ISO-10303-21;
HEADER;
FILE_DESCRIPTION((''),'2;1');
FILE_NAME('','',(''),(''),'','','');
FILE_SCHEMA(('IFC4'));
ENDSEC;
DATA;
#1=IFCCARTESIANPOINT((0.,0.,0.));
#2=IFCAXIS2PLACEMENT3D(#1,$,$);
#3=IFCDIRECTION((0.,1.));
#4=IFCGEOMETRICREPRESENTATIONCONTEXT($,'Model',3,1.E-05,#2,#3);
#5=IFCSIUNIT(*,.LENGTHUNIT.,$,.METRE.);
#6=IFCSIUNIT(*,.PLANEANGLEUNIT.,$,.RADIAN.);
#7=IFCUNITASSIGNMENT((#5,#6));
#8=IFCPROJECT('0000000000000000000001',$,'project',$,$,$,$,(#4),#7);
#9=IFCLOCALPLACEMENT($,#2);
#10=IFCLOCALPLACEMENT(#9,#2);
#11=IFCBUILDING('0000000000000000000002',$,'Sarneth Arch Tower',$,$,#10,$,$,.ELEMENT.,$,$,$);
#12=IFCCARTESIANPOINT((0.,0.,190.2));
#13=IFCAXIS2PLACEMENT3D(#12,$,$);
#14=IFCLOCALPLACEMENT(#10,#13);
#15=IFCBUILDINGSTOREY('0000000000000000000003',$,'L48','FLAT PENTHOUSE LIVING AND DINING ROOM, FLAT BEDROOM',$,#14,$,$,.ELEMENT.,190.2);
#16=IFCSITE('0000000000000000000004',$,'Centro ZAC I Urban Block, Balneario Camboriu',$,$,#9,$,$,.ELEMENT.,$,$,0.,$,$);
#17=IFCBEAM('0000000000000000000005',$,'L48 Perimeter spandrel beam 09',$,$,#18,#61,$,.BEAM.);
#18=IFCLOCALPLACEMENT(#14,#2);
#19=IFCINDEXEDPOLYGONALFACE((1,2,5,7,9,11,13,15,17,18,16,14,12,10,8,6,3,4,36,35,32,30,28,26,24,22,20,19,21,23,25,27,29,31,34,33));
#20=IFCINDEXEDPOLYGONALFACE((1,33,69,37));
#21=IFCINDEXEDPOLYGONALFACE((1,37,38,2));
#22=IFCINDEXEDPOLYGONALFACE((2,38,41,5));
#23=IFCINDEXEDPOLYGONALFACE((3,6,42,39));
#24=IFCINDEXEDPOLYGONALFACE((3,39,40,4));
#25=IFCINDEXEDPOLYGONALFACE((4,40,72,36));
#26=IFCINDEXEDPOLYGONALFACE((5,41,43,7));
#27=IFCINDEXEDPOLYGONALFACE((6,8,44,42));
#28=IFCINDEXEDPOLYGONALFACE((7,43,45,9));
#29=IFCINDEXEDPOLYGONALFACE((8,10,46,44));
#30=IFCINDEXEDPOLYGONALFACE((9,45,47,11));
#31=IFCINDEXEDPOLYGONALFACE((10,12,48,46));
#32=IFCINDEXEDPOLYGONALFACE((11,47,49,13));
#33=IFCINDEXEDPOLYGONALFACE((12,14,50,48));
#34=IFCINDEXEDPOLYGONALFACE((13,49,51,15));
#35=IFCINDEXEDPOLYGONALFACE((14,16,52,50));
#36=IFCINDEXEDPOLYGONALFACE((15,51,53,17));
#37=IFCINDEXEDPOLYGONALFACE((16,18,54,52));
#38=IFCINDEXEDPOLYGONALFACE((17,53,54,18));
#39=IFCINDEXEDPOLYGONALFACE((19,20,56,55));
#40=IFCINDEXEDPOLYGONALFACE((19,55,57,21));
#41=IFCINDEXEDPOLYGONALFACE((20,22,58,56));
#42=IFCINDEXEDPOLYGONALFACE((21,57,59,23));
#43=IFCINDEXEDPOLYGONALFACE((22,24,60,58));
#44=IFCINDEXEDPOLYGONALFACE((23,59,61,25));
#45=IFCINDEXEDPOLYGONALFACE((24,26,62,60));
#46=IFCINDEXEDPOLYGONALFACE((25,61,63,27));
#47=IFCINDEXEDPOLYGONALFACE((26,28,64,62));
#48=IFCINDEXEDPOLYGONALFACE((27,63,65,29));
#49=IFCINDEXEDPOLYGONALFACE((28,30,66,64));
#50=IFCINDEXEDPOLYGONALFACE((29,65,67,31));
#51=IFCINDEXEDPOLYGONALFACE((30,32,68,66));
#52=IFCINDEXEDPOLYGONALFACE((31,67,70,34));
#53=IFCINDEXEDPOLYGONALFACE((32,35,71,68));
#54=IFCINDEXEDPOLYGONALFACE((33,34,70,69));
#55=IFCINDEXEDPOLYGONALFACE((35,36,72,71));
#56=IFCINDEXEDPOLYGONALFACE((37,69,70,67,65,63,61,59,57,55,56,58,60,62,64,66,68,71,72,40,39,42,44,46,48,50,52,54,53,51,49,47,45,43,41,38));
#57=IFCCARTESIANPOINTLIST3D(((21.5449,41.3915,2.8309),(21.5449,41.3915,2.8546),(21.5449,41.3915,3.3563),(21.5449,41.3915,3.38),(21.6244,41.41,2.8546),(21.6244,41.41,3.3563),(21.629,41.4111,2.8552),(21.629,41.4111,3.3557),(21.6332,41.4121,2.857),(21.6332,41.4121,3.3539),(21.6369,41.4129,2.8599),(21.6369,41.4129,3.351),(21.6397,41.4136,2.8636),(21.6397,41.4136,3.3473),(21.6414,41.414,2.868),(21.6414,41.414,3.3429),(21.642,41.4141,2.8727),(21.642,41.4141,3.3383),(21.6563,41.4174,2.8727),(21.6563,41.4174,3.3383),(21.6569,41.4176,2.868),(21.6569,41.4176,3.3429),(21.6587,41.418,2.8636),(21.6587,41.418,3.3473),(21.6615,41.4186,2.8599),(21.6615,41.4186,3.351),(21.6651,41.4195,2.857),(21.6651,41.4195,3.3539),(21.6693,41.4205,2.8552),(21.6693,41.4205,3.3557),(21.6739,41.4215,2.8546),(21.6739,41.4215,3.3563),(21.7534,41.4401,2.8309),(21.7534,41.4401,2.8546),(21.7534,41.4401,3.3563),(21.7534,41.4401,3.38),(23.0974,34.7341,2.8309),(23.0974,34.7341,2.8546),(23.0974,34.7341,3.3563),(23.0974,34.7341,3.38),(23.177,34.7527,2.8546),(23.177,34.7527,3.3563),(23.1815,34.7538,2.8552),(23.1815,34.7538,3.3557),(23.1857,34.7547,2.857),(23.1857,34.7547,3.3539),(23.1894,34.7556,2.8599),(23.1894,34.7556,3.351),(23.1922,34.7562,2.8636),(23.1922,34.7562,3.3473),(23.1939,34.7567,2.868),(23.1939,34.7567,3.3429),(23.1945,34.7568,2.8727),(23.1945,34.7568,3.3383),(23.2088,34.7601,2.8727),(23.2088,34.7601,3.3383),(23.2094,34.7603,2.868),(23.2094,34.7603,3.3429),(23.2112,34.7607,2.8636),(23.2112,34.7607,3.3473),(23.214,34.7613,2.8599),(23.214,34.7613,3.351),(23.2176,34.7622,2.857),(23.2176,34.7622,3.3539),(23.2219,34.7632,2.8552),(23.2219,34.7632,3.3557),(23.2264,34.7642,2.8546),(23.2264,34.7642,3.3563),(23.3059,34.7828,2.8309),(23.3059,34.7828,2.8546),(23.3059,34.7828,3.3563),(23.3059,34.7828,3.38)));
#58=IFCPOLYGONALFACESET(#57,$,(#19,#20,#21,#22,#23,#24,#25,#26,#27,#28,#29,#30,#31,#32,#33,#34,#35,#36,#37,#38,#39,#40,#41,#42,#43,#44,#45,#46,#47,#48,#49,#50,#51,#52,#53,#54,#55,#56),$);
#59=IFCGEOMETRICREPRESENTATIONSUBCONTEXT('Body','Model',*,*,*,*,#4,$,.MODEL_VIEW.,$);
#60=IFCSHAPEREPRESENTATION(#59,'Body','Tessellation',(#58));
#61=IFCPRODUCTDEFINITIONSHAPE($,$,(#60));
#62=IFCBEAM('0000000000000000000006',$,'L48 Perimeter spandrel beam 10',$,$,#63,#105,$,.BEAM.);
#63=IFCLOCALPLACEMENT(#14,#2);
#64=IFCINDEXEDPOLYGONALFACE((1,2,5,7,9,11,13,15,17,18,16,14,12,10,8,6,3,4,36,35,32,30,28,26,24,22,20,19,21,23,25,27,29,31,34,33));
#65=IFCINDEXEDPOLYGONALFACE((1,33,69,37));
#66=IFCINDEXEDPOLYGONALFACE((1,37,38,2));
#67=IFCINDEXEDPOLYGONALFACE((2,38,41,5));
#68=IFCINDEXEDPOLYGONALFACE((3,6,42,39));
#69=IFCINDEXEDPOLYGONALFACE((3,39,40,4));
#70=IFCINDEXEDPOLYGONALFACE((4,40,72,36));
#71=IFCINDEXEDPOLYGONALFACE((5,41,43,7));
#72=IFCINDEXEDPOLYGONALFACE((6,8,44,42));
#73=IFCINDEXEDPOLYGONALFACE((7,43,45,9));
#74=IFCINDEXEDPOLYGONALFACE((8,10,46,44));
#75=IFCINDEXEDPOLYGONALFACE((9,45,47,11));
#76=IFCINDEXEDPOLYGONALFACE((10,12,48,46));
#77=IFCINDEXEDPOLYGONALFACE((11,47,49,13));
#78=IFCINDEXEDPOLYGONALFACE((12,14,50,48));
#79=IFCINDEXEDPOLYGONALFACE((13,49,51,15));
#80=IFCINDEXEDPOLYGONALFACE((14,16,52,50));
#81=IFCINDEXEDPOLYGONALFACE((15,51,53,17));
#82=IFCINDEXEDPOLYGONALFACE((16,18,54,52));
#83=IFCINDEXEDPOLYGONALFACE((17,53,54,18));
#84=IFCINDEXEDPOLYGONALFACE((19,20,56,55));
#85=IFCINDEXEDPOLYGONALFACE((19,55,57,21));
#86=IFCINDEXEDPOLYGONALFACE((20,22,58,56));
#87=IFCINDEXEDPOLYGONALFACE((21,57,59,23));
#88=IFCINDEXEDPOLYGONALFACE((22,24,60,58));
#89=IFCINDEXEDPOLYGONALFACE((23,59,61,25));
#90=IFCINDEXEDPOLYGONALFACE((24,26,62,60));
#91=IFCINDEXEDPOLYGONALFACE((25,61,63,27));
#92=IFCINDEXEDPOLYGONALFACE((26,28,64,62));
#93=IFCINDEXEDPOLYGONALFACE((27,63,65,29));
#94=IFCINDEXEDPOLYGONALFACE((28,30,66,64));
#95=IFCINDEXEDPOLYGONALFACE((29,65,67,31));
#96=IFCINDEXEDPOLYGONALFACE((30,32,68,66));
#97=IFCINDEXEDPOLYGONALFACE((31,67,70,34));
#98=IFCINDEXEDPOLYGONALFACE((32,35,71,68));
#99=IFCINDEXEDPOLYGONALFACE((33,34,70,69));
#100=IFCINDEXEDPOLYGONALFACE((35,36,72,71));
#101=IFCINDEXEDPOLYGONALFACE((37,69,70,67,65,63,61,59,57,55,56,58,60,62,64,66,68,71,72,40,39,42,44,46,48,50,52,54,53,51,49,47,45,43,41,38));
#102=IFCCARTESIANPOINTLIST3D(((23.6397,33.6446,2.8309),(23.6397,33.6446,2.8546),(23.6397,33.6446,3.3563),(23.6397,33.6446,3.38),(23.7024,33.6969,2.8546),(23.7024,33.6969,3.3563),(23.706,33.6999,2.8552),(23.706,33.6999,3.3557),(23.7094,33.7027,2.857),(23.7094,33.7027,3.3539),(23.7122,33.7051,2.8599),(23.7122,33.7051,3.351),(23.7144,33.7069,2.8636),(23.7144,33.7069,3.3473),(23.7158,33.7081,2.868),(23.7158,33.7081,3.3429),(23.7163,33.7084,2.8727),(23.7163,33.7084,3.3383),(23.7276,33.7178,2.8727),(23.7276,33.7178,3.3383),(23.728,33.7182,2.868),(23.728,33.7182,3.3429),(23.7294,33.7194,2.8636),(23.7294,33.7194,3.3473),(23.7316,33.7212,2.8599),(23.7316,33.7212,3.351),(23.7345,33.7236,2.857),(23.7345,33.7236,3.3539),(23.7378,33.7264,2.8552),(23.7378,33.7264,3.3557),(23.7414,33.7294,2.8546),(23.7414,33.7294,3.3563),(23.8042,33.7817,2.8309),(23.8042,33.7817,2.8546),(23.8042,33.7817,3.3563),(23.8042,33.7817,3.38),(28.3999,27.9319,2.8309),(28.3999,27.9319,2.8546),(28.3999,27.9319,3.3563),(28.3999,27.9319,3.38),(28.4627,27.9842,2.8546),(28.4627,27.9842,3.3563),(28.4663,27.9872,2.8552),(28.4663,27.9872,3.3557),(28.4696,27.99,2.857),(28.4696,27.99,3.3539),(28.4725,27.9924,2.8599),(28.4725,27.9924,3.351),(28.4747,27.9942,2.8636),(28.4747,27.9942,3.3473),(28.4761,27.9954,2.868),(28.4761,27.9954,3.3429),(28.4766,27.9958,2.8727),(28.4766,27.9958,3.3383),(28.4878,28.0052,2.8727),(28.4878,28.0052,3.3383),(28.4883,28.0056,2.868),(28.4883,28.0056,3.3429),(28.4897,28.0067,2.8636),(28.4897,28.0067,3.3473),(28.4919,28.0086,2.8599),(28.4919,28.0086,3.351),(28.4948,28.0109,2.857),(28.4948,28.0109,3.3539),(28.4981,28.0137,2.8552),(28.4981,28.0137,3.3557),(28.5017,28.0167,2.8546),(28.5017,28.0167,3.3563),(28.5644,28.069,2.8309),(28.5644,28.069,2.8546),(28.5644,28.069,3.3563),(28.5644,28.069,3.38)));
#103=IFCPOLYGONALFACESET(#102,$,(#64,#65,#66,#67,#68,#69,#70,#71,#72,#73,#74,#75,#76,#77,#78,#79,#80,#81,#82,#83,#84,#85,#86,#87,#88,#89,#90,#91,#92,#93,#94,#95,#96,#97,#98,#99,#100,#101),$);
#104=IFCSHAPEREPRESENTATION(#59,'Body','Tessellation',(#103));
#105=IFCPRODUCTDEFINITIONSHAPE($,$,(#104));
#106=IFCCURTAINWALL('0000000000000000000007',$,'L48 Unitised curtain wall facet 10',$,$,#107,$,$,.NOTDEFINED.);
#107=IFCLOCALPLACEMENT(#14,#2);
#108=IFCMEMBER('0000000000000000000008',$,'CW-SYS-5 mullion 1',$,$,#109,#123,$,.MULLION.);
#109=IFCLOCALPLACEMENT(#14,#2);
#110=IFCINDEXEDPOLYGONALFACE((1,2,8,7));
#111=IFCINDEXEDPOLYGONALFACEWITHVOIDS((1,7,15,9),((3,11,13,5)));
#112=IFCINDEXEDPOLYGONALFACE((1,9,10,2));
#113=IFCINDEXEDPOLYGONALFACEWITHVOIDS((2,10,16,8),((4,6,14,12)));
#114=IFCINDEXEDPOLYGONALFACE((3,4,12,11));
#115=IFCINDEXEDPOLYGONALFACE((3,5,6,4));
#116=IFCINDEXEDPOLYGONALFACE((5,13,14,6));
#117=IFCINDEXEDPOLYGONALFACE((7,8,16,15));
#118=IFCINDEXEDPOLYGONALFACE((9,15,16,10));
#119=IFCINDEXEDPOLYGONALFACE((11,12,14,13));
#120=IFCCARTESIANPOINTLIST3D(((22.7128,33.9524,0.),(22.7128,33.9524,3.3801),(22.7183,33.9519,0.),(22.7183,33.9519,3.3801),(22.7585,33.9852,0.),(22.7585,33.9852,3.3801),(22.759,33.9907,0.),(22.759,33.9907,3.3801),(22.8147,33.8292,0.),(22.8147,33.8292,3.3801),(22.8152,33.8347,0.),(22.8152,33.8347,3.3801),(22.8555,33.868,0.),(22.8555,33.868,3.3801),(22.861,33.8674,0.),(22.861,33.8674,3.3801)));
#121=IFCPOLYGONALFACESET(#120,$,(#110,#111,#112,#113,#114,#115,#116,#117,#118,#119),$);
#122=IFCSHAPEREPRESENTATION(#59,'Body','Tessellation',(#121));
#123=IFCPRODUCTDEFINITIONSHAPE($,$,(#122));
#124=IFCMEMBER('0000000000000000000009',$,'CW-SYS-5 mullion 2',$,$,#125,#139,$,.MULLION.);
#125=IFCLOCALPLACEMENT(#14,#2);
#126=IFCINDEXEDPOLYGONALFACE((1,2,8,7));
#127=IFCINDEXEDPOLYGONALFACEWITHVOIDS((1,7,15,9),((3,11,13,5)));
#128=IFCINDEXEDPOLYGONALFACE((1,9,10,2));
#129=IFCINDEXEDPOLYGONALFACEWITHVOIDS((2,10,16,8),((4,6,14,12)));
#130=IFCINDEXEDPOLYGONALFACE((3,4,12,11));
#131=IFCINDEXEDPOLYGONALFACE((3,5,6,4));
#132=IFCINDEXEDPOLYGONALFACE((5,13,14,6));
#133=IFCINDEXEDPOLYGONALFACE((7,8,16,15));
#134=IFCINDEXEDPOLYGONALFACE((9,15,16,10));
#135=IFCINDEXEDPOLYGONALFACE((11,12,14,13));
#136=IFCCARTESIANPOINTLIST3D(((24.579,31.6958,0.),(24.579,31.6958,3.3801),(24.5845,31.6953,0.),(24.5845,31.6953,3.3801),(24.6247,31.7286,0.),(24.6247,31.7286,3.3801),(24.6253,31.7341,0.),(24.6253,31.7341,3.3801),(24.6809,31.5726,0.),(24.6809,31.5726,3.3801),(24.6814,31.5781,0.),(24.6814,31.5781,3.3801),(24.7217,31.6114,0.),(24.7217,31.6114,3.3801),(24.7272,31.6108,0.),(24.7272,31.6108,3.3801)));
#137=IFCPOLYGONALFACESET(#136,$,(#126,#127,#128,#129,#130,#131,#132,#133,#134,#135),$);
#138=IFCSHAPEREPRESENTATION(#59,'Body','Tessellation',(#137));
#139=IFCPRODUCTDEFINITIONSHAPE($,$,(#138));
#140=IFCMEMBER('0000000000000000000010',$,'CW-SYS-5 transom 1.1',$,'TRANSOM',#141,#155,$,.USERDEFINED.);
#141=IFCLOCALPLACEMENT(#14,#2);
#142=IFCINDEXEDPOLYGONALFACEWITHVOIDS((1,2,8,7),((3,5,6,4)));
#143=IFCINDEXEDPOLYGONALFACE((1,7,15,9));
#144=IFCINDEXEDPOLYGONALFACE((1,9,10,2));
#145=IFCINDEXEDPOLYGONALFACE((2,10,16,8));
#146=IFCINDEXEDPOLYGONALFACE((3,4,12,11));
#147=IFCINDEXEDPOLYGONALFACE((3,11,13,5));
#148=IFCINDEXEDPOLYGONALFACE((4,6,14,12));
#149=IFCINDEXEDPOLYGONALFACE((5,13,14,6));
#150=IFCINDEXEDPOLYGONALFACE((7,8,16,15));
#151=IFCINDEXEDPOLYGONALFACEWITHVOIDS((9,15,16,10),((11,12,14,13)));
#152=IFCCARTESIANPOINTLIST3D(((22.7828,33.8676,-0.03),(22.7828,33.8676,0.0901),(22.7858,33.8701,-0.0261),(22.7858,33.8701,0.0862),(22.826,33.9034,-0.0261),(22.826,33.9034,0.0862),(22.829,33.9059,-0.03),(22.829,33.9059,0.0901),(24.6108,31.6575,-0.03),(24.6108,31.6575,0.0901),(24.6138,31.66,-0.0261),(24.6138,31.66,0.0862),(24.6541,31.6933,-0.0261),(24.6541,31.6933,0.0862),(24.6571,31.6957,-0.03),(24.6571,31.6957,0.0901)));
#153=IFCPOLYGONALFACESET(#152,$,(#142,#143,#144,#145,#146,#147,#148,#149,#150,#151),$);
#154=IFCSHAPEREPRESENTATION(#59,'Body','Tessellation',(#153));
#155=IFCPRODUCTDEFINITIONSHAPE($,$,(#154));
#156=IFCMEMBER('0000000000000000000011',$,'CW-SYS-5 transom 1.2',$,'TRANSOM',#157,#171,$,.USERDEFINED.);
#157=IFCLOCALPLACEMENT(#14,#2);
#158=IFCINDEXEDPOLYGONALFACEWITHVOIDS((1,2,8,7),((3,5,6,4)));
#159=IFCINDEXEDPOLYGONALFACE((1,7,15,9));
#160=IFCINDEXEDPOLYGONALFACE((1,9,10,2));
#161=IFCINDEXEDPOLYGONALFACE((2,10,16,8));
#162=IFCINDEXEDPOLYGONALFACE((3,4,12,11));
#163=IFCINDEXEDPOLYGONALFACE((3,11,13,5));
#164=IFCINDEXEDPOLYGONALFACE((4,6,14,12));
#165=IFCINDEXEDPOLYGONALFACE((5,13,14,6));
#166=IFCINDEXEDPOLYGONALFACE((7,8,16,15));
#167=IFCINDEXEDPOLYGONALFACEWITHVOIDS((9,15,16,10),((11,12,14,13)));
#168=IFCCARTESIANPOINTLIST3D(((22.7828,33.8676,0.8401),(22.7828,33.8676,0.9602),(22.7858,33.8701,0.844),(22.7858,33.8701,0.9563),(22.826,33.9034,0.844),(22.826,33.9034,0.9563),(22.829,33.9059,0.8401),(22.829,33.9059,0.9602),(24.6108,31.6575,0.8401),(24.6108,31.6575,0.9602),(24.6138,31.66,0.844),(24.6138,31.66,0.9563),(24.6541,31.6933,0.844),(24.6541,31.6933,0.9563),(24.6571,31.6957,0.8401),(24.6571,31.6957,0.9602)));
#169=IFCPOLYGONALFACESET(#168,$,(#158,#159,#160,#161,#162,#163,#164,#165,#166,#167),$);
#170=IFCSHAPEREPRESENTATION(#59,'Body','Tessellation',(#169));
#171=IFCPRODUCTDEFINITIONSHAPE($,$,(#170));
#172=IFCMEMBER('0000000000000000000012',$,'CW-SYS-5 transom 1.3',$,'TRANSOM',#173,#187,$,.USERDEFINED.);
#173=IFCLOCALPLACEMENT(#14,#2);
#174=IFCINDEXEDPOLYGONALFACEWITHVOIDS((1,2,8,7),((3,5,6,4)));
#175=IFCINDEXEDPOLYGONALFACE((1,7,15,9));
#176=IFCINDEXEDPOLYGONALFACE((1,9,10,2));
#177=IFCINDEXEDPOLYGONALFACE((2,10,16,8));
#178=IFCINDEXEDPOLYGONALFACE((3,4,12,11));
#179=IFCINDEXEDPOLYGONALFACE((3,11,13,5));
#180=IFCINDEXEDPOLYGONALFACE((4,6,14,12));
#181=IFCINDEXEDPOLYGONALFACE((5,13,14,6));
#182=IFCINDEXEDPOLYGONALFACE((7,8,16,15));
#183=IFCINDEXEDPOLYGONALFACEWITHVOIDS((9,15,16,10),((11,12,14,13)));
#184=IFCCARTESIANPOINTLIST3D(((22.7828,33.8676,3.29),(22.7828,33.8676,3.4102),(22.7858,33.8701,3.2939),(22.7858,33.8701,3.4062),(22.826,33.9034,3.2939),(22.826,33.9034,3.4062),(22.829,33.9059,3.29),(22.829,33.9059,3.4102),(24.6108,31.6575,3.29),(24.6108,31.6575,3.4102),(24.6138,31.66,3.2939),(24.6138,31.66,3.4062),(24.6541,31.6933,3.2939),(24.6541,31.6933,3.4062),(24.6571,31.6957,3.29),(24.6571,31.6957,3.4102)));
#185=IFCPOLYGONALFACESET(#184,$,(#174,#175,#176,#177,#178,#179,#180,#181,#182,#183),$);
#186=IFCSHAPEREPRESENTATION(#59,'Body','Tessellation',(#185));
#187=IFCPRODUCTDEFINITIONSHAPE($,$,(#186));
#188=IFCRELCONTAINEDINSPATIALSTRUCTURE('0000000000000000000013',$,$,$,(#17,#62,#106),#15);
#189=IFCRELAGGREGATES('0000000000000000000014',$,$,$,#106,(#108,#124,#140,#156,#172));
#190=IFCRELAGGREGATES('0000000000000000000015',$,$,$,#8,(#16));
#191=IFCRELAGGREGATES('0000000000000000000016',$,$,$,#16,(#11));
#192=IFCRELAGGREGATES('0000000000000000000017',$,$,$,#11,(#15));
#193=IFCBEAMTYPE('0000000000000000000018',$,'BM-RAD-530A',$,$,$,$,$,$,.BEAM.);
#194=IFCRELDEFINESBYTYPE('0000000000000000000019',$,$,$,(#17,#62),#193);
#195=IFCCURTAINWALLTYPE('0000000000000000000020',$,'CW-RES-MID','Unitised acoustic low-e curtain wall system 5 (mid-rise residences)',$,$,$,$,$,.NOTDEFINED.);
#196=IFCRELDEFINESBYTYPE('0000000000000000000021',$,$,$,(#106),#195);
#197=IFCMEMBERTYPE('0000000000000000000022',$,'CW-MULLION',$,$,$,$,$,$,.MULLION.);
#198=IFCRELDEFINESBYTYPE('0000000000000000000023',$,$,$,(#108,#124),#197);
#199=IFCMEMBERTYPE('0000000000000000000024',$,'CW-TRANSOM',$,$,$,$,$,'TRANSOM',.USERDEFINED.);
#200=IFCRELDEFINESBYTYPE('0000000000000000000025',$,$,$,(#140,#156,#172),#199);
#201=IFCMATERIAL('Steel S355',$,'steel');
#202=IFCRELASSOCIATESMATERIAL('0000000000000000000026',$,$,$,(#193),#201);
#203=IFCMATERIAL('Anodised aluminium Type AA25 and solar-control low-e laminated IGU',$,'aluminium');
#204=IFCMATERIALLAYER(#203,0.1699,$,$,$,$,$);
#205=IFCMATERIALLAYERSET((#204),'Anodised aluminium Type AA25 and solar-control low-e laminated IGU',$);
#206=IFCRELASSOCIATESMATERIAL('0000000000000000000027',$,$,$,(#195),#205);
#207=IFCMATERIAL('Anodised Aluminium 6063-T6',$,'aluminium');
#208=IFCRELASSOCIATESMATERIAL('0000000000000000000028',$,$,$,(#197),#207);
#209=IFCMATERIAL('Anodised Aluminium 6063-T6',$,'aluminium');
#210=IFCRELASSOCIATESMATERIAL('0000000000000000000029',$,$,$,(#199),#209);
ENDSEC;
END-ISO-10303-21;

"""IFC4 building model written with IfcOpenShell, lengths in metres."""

from ifc_helpers import new_model, si_unit, direction, frame, origin, origin_2d, place, context, subcontext, project, spatial, hollow_rectangle, i_section, extrude, material, layer, layer_set, material_profile, profile_set, type_object, element, aggregate, save


model = new_model("IFC4")

# Units and contexts
model_context = context("Model", 3, precision=1e-05, world=origin(), true_north=direction((0.0, 1.0)))
body_context = subcontext(model_context, "Body", "Model", "MODEL_VIEW")
ifc_project = project(units=[si_unit("LENGTHUNIT", "METRE"), si_unit("PLANEANGLEUNIT", "RADIAN")], contexts=[model_context])

# Site, building, storey
site_placement = place(None, origin())
site = spatial("IfcSite", under=ifc_project, at=site_placement, Name="Centro ZAC I Urban Block, Balneario Camboriu", CompositionType="ELEMENT", RefElevation=0.0)
building_placement = place(site_placement, origin())
building = spatial("IfcBuilding", under=site, at=building_placement, Name="Sarneth Arch Tower", CompositionType="ELEMENT")
storey_placement = place(building_placement, frame((0.0, 0.0, 190.2)))
storey = spatial("IfcBuildingStorey", under=building, at=storey_placement, Name="L48", Description="FLAT PENTHOUSE LIVING AND DINING ROOM, FLAT BEDROOM", CompositionType="ELEMENT", Elevation=190.2)

# Beams
ifc_material_1 = material(Name="Steel S355", Category="steel")
ifc_material_profile_1 = material_profile(ifc_material_1, i_section(OverallWidth=0.2141, OverallDepth=0.5491, WebThickness=0.0146, FlangeThickness=0.0237, FilletRadius=0.0181, at=origin_2d()), Name="W530x138")
ifc_profile_set_1 = profile_set([ifc_material_profile_1], Name="Steel S355")
beam_type_1 = type_object("IfcBeamType", Name="BM-RAD-530A", PredefinedType="BEAM", material=ifc_profile_set_1)
beam_1_placement = place(storey_placement, frame((21.6492, 41.4158, 3.1055), z_axis=(0.22711, -0.973869, 0.0), x_axis=(0.973869, 0.22711, 0.0)))
element("IfcBeam", 1, at=beam_1_placement, inside=storey, type_object=beam_type_1, Name="L48 Perimeter spandrel beam 09", PredefinedType="BEAM", context=body_context, shape_type="SweptSolid", body=[
    extrude(i_section(OverallWidth=0.2141, OverallDepth=0.5491, WebThickness=0.0146, FlangeThickness=0.0237, FilletRadius=0.0181, at=origin_2d()), origin(), (0.0, 0.0, 1.0), 6.8359),
])
beam_2_placement = place(storey_placement, frame((23.7219, 33.7131, 3.1055), z_axis=(0.640162, -0.76824, 0.0), x_axis=(0.76824, 0.640162, 0.0)))
element("IfcBeam", 2, at=beam_2_placement, inside=storey, type_object=beam_type_1, Name="L48 Perimeter spandrel beam 10", PredefinedType="BEAM", context=body_context, shape_type="SweptSolid", body=[
    extrude(i_section(OverallWidth=0.2141, OverallDepth=0.5491, WebThickness=0.0146, FlangeThickness=0.0237, FilletRadius=0.0181, at=origin_2d()), origin(), (0.0, 0.0, 1.0), 7.436),
])

# Curtain wall, members
ifc_material_2 = material(Name="Anodised aluminium Type AA25 and solar-control low-e laminated IGU", Category="aluminium")
ifc_layer_1 = layer(ifc_material_2, 0.1699)
ifc_layer_set_1 = layer_set([ifc_layer_1], Name="Anodised aluminium Type AA25 and solar-control low-e laminated IGU")
curtain_wall_type = type_object("IfcCurtainWallType", Name="CW-RES-MID", Description="Unitised acoustic low-e curtain wall system 5 (mid-rise residences)", PredefinedType="NOTDEFINED", material=ifc_layer_set_1)
curtain_wall_placement = place(storey_placement, origin())
curtain_wall = element("IfcCurtainWall", 3, at=curtain_wall_placement, inside=storey, type_object=curtain_wall_type, Name="L48 Unitised curtain wall facet 10", PredefinedType="NOTDEFINED")
ifc_material_3 = material(Name="Anodised Aluminium 6063-T6", Category="aluminium")
ifc_material_profile_2 = material_profile(ifc_material_3, hollow_rectangle(XDim=0.0601, YDim=0.1599, WallThickness=0.0039, at=origin_2d()), Name="AL-MULL-160x60x4")
ifc_profile_set_2 = profile_set([ifc_material_profile_2], Name="Anodised Aluminium 6063-T6")
member_type_1 = type_object("IfcMemberType", Name="CW-MULLION", PredefinedType="MULLION", material=ifc_profile_set_2)
member_1_placement = place(storey_placement, frame((22.7869, 33.9099, 0.0), z_axis=(0.0, 0.0, 1.0), x_axis=(0.770591, 0.63733, 0.0)))
member_1 = element("IfcMember", 4, at=member_1_placement, type_object=member_type_1, Name="CW-SYS-5 mullion 1", PredefinedType="MULLION", context=body_context, shape_type="SweptSolid", body=[
    extrude(hollow_rectangle(XDim=0.0601, YDim=0.1599, WallThickness=0.0039, at=origin_2d()), origin(), (0.0, 0.0, 1.0), 3.3801),
])
member_2_placement = place(storey_placement, frame((24.6531, 31.6533, 0.0), z_axis=(0.0, 0.0, 1.0), x_axis=(0.770591, 0.63733, 0.0)))
member_2 = element("IfcMember", 5, at=member_2_placement, type_object=member_type_1, Name="CW-SYS-5 mullion 2", PredefinedType="MULLION", context=body_context, shape_type="SweptSolid", body=[
    extrude(hollow_rectangle(XDim=0.0601, YDim=0.1599, WallThickness=0.0039, at=origin_2d()), origin(), (0.0, 0.0, 1.0), 3.3801),
])
ifc_material_4 = material(Name="Anodised Aluminium 6063-T6", Category="aluminium")
ifc_material_profile_3 = material_profile(ifc_material_4, hollow_rectangle(XDim=0.0601, YDim=0.1201, WallThickness=0.0039, at=origin_2d()), Name="AL-TRAN-120x60x4")
ifc_profile_set_3 = profile_set([ifc_material_profile_3], Name="Anodised Aluminium 6063-T6")
member_type_2 = type_object("IfcMemberType", Name="CW-TRANSOM", ElementType="TRANSOM", PredefinedType="USERDEFINED", material=ifc_profile_set_3)
member_3_placement = place(storey_placement, frame((22.8059, 33.8867, 0.03), z_axis=(0.637359, -0.770567, 0.0), x_axis=(0.770567, 0.637359, 0.0)))
member_3 = element("IfcMember", 6, at=member_3_placement, type_object=member_type_2, Name="CW-SYS-5 transom 1.1", ObjectType="TRANSOM", PredefinedType="USERDEFINED", context=body_context, shape_type="SweptSolid", body=[
    extrude(hollow_rectangle(XDim=0.0601, YDim=0.1201, WallThickness=0.0039, at=origin_2d()), origin(), (0.0, 0.0, 1.0), 2.8682),
])
member_4_placement = place(storey_placement, frame((22.8059, 33.8867, 0.9001), z_axis=(0.637359, -0.770567, 0.0), x_axis=(0.770567, 0.637359, 0.0)))
member_4 = element("IfcMember", 7, at=member_4_placement, type_object=member_type_2, Name="CW-SYS-5 transom 1.2", ObjectType="TRANSOM", PredefinedType="USERDEFINED", context=body_context, shape_type="SweptSolid", body=[
    extrude(hollow_rectangle(XDim=0.0601, YDim=0.1201, WallThickness=0.0039, at=origin_2d()), origin(), (0.0, 0.0, 1.0), 2.8682),
])
member_5_placement = place(storey_placement, frame((22.8059, 33.8867, 3.3501), z_axis=(0.637359, -0.770567, 0.0), x_axis=(0.770567, 0.637359, 0.0)))
member_5 = element("IfcMember", 8, at=member_5_placement, type_object=member_type_2, Name="CW-SYS-5 transom 1.3", ObjectType="TRANSOM", PredefinedType="USERDEFINED", context=body_context, shape_type="SweptSolid", body=[
    extrude(hollow_rectangle(XDim=0.0601, YDim=0.1201, WallThickness=0.0039, at=origin_2d()), origin(), (0.0, 0.0, 1.0), 2.8682),
])
aggregate(curtain_wall, [member_1, member_2, member_3, member_4, member_5])

save(model, "model.ifc")
